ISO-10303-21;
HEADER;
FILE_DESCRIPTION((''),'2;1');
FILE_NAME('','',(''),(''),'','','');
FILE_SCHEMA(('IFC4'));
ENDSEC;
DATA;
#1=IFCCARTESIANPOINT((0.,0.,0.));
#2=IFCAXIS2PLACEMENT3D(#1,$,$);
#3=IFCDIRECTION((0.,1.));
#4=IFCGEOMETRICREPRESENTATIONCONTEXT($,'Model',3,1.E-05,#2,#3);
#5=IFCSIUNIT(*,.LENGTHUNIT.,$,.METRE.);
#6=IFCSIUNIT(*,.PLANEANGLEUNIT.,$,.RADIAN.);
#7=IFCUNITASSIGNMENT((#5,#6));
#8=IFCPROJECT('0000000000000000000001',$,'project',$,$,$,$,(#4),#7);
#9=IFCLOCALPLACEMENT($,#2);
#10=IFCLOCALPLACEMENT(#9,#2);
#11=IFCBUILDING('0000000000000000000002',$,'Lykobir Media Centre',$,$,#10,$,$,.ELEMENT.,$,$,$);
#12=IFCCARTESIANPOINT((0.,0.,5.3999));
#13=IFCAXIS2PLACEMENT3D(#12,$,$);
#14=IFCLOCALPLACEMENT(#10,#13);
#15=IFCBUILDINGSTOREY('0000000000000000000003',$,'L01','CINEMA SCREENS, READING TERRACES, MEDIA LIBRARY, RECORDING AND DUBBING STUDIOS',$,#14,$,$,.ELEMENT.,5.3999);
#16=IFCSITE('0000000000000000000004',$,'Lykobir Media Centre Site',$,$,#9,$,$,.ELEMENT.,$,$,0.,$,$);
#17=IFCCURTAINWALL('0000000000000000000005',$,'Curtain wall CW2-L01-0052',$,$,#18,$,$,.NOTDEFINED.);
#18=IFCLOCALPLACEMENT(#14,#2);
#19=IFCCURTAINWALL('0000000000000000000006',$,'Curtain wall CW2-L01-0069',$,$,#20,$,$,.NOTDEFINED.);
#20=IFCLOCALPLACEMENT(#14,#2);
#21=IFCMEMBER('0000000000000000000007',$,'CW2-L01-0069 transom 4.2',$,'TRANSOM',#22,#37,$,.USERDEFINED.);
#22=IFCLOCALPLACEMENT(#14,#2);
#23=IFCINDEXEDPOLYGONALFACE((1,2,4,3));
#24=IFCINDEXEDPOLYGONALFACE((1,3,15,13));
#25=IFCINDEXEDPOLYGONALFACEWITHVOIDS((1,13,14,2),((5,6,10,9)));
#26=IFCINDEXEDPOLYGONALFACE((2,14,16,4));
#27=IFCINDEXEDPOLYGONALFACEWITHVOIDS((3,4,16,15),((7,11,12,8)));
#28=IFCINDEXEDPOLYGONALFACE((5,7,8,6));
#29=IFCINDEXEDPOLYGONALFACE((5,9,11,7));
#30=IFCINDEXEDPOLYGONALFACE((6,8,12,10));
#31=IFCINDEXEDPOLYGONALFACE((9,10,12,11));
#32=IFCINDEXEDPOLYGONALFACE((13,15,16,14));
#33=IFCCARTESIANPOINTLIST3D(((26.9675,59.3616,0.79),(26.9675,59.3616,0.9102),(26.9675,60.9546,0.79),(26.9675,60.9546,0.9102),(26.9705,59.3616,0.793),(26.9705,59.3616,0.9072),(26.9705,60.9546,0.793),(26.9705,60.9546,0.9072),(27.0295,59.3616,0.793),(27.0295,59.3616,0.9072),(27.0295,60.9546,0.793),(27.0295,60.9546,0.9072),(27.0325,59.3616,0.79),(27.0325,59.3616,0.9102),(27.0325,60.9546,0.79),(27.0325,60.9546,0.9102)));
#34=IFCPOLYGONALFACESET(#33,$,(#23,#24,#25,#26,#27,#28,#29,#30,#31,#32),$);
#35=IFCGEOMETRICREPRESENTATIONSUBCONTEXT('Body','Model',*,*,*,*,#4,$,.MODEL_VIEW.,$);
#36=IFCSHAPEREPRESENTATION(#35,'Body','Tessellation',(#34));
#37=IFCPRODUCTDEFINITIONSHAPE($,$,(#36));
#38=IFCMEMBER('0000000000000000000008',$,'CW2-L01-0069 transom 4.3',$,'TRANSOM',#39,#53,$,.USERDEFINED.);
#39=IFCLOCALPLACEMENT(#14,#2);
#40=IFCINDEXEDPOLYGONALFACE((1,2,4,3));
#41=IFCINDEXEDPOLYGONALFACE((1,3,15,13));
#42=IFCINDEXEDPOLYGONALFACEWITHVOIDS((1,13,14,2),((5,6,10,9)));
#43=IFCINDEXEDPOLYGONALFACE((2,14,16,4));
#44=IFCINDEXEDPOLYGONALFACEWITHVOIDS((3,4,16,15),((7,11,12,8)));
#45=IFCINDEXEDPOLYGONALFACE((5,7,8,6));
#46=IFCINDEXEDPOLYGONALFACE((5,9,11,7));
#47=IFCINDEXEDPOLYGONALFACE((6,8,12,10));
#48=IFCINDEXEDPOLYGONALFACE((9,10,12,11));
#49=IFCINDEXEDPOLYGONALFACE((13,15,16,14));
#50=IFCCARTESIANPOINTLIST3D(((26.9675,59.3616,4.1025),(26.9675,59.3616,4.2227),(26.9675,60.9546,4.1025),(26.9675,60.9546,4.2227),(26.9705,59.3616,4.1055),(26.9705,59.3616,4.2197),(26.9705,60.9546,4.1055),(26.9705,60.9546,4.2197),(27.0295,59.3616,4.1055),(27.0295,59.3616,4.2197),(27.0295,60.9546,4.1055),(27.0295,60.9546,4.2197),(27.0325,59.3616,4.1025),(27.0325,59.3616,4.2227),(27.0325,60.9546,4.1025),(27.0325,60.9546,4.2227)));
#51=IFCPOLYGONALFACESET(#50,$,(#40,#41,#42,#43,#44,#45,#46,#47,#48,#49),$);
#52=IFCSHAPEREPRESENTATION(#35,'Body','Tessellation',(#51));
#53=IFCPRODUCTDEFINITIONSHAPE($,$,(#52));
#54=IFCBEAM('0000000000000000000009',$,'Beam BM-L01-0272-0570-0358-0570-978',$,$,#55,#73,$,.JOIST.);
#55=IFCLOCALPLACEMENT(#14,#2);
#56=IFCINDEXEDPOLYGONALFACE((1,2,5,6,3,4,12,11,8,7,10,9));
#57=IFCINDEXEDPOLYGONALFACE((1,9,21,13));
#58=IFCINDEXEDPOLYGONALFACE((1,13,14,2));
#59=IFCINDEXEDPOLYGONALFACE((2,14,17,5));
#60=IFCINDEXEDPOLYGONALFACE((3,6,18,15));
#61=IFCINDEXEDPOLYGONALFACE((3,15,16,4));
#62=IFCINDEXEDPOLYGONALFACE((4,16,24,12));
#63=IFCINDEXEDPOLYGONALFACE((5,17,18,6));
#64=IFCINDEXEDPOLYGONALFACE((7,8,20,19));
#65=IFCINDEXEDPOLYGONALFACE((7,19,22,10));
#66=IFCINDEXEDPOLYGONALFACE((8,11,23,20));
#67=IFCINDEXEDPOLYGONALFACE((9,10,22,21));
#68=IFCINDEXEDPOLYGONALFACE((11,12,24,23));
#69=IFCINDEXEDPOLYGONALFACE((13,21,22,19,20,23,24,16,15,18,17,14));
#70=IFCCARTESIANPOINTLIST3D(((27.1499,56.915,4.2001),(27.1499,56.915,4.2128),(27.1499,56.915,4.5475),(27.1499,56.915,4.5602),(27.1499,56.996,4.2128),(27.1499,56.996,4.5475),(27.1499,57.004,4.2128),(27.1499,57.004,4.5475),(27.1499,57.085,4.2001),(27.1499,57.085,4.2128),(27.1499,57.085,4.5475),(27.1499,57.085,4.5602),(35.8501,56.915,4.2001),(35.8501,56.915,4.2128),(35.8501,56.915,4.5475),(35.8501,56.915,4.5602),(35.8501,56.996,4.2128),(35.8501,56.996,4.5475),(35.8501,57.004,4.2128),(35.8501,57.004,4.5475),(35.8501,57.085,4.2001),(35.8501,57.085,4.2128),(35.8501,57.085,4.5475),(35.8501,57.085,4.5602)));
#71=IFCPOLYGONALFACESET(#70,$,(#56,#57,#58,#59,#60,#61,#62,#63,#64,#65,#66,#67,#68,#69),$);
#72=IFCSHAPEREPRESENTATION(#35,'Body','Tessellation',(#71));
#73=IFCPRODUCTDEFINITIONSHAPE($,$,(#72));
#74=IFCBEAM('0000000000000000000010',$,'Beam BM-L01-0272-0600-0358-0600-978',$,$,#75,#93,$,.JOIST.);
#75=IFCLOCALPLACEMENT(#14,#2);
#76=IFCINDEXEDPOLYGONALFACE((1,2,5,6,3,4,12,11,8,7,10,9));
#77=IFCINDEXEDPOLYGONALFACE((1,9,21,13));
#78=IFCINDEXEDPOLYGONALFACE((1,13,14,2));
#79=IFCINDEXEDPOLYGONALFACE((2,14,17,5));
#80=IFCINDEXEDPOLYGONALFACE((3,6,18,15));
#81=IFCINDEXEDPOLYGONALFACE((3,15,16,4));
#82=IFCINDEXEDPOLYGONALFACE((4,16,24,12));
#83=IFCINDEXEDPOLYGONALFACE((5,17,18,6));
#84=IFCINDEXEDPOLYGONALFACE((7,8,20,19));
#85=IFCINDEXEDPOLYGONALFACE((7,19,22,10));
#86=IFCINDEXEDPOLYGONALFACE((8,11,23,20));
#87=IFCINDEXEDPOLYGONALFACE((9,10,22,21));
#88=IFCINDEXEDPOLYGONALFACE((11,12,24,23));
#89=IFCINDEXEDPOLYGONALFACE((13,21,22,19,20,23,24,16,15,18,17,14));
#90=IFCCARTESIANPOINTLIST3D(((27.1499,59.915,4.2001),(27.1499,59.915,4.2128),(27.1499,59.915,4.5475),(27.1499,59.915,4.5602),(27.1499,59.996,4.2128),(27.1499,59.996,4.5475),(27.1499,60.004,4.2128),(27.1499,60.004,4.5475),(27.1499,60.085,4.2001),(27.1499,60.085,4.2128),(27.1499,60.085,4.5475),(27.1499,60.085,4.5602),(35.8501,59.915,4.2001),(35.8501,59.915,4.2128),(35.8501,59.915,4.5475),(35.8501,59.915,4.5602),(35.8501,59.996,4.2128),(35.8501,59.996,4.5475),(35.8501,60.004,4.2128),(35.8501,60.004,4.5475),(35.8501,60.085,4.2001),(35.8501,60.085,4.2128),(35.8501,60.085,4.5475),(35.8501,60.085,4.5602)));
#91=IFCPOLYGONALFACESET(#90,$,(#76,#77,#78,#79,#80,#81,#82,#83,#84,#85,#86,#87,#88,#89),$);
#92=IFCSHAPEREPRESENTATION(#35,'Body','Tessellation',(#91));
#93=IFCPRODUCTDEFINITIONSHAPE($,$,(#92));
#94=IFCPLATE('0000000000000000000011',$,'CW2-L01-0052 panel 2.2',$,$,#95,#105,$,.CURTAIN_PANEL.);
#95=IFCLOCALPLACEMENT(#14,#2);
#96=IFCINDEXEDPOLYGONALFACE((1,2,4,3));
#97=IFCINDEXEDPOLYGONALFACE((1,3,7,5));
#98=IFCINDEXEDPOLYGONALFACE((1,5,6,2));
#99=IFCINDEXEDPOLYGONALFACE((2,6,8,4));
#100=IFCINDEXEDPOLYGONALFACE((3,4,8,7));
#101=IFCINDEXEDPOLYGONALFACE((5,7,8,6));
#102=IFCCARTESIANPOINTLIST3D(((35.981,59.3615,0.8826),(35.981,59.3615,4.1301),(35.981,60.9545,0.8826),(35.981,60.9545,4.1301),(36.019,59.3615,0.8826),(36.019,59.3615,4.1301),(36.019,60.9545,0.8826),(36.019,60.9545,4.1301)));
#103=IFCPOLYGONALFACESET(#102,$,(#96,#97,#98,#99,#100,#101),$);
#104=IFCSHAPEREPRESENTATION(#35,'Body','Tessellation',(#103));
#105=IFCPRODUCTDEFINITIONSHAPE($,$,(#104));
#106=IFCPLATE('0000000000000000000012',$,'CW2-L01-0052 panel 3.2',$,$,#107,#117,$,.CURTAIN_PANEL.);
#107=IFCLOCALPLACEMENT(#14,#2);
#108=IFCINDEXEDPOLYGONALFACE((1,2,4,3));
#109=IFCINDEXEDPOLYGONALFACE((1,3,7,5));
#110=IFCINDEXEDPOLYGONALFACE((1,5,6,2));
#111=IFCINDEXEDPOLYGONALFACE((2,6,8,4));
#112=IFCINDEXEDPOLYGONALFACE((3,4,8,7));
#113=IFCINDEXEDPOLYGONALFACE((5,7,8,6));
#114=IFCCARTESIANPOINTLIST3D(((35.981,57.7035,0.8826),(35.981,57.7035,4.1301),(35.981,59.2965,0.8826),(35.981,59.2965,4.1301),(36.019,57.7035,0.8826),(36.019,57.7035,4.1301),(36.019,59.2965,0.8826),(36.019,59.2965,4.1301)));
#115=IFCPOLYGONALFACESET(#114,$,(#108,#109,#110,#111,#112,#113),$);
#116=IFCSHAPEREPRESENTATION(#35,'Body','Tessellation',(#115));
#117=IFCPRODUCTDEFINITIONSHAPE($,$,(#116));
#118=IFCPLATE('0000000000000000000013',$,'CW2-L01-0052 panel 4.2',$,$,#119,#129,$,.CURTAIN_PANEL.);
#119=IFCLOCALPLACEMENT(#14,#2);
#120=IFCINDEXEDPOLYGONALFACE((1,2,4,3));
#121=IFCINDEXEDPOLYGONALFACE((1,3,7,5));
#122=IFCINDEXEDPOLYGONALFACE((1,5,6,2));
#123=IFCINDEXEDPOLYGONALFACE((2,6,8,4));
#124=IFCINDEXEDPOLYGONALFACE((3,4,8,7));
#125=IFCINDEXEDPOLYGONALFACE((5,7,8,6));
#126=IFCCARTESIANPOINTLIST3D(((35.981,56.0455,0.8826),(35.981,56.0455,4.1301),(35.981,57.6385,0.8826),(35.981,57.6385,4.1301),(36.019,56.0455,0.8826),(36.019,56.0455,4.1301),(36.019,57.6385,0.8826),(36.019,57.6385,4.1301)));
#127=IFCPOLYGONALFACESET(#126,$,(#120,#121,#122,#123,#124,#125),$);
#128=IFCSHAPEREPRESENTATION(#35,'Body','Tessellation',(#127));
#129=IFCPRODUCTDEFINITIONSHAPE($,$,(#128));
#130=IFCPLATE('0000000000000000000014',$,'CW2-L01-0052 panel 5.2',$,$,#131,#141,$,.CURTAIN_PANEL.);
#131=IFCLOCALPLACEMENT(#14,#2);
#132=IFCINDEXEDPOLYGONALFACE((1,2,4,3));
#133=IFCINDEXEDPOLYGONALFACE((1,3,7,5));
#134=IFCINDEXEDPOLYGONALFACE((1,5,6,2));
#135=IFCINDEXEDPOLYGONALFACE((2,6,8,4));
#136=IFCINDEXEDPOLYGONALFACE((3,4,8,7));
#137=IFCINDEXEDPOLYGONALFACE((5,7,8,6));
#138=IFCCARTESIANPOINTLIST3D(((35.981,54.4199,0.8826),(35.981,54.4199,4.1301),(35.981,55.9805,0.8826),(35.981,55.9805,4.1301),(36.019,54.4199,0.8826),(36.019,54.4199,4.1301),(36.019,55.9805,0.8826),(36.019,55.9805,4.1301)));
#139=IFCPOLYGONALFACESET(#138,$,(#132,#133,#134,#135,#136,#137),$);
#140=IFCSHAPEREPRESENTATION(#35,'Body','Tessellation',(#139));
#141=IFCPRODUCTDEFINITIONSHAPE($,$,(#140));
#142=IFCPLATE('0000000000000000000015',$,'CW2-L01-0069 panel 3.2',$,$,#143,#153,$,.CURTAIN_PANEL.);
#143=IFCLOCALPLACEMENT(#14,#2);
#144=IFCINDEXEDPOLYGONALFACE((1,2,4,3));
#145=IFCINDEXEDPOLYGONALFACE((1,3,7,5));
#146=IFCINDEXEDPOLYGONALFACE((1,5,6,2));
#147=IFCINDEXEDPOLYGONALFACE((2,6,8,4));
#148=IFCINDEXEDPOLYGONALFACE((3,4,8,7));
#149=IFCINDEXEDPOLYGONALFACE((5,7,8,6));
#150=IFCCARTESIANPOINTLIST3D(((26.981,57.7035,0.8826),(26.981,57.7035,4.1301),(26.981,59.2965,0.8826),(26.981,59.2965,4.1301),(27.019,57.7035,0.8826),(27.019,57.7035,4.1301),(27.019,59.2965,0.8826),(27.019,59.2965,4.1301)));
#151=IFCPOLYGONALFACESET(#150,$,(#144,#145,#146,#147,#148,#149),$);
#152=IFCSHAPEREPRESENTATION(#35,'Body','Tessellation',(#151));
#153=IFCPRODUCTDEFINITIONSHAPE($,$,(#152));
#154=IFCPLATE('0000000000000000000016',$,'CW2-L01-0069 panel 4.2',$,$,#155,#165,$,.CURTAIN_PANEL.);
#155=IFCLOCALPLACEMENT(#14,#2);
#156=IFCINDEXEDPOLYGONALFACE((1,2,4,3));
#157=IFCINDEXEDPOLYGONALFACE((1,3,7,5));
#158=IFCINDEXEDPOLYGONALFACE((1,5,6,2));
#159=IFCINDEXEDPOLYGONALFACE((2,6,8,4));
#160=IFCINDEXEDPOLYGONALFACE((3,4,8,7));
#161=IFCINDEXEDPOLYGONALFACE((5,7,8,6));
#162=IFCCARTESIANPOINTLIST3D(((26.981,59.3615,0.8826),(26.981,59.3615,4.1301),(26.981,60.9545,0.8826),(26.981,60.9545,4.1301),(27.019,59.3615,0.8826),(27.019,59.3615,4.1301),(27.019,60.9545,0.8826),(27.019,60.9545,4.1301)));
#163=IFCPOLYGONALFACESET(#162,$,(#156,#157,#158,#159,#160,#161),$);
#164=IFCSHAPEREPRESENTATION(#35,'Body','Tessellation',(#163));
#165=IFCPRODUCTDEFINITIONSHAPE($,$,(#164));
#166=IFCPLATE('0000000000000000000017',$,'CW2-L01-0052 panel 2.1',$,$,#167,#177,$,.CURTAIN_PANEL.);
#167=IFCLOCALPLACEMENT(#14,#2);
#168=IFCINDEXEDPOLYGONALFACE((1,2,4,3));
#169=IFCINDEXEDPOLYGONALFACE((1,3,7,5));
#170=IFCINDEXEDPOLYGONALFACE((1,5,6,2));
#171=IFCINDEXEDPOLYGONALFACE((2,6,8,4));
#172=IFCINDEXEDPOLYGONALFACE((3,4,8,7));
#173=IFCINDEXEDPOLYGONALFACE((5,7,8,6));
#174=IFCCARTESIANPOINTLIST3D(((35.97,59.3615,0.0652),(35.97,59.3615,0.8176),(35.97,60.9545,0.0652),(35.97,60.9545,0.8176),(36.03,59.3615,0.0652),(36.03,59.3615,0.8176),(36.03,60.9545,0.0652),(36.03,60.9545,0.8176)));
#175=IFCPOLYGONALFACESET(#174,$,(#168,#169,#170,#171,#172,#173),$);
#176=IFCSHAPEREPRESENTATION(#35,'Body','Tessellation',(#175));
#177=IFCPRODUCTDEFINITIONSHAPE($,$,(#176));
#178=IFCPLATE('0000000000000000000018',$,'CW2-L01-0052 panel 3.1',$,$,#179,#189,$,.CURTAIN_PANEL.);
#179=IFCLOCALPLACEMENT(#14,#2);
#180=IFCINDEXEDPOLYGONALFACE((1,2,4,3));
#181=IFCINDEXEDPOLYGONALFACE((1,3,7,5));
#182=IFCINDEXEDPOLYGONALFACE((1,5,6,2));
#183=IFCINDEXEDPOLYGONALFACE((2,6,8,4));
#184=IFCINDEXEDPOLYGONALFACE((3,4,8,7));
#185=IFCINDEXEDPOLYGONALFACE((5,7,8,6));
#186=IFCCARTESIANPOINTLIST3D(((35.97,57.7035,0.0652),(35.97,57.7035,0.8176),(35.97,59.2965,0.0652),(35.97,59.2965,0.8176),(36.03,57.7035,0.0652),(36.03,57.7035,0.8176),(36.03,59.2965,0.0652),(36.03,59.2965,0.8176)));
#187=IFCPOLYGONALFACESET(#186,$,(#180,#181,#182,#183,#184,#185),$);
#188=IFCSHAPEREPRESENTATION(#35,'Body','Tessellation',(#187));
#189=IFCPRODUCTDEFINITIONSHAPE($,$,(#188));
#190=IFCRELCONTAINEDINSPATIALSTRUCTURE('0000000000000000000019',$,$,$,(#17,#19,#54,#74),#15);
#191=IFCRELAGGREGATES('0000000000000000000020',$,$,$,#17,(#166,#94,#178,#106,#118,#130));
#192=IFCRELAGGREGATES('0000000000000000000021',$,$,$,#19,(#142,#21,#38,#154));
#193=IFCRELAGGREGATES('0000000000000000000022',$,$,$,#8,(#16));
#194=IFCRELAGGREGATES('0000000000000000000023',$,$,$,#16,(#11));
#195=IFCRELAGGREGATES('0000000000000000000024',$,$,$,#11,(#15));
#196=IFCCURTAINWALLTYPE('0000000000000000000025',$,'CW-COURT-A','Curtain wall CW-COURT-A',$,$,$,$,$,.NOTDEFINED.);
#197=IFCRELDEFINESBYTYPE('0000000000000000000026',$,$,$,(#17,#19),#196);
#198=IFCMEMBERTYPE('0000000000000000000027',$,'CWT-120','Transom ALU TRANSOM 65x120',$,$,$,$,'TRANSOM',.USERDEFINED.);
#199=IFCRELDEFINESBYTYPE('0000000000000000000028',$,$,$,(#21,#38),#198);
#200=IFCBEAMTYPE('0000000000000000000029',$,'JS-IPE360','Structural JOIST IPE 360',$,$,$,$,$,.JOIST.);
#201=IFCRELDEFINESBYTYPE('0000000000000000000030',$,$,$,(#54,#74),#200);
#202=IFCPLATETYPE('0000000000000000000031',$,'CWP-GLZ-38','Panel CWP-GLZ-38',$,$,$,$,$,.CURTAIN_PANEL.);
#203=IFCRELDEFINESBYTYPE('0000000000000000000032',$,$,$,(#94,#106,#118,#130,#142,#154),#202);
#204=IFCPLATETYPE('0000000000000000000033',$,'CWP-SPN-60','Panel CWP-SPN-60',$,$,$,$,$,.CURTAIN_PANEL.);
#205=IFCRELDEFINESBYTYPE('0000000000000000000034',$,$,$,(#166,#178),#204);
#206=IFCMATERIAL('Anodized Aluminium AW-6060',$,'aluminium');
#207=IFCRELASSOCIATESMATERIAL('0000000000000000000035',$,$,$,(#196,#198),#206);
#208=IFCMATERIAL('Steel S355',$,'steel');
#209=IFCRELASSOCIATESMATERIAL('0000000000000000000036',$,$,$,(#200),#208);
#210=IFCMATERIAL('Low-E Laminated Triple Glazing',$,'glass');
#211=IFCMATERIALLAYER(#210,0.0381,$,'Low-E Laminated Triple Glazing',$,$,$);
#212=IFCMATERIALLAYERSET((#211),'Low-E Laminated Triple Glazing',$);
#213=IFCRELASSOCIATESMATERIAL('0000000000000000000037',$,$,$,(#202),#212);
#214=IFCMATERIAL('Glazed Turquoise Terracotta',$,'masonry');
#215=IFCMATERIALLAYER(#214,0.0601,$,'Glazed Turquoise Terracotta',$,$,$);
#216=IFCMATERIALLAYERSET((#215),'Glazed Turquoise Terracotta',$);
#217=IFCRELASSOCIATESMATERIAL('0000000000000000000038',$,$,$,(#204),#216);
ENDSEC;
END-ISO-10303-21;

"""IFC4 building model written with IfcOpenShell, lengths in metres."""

from ifc_helpers import new_model, si_unit, direction, frame, origin, origin_2d, place, context, subcontext, project, spatial, rectangle, hollow_rectangle, i_section, extrude, material, layer, layer_set, material_profile, profile_set, type_object, element, aggregate, save


model = new_model("IFC4")

# Units and contexts
model_context = context("Model", 3, precision=1e-05, world=origin(), true_north=direction((0.0, 1.0)))
body_context = subcontext(model_context, "Body", "Model", "MODEL_VIEW")
ifc_project = project(units=[si_unit("LENGTHUNIT", "METRE"), si_unit("PLANEANGLEUNIT", "RADIAN")], contexts=[model_context])

# Site, building, storey
site_placement = place(None, origin())
site = spatial("IfcSite", under=ifc_project, at=site_placement, Name="Lykobir Media Centre Site", CompositionType="ELEMENT", RefElevation=0.0)
building_placement = place(site_placement, origin())
building = spatial("IfcBuilding", under=site, at=building_placement, Name="Lykobir Media Centre", CompositionType="ELEMENT")
storey_placement = place(building_placement, frame((0.0, 0.0, 5.3999)))
storey = spatial("IfcBuildingStorey", under=building, at=storey_placement, Name="L01", Description="CINEMA SCREENS, READING TERRACES, MEDIA LIBRARY, RECORDING AND DUBBING STUDIOS", CompositionType="ELEMENT", Elevation=5.3999)

# Curtain walls
ifc_material_1 = material(Name="Anodized Aluminium AW-6060", Category="aluminium")
curtain_wall_type = type_object("IfcCurtainWallType", Name="CW-COURT-A", Description="Curtain wall CW-COURT-A", PredefinedType="NOTDEFINED", material=ifc_material_1)
curtain_wall_1_placement = place(storey_placement, origin())
curtain_wall_1 = element("IfcCurtainWall", 1, at=curtain_wall_1_placement, inside=storey, type_object=curtain_wall_type, Name="Curtain wall CW2-L01-0052", PredefinedType="NOTDEFINED")
curtain_wall_2_placement = place(storey_placement, origin())
curtain_wall_2 = element("IfcCurtainWall", 2, at=curtain_wall_2_placement, inside=storey, type_object=curtain_wall_type, Name="Curtain wall CW2-L01-0069", PredefinedType="NOTDEFINED")

# Members
ifc_material_profile_1 = material_profile(ifc_material_1, hollow_rectangle(XDim=0.0649, YDim=0.1201, WallThickness=0.0029, at=origin_2d()), Name="ALU TRANSOM 65x120")
ifc_profile_set_1 = profile_set([ifc_material_profile_1], Name="Anodized Aluminium AW-6060")
member_type_1 = type_object("IfcMemberType", Name="CWT-120", Description="Transom ALU TRANSOM 65x120", ElementType="TRANSOM", PredefinedType="USERDEFINED", material=ifc_profile_set_1)
member_1_placement = place(storey_placement, frame((27.0, 59.3616, 0.8501), z_axis=(0.0, 1.0, 0.0), x_axis=(-1.0, 0.0, 0.0)))
member_1 = element("IfcMember", 3, at=member_1_placement, type_object=member_type_1, Name="CW2-L01-0069 transom 4.2", ObjectType="TRANSOM", PredefinedType="USERDEFINED", context=body_context, shape_type="SweptSolid", body=[
    extrude(hollow_rectangle(XDim=0.0649, YDim=0.1201, WallThickness=0.0029, at=origin_2d()), origin(), (0.0, 0.0, 1.0), 1.593),
])
member_2_placement = place(storey_placement, frame((27.0, 59.3616, 4.1626), z_axis=(0.0, 1.0, 0.0), x_axis=(-1.0, 0.0, 0.0)))
member_2 = element("IfcMember", 4, at=member_2_placement, type_object=member_type_1, Name="CW2-L01-0069 transom 4.3", ObjectType="TRANSOM", PredefinedType="USERDEFINED", context=body_context, shape_type="SweptSolid", body=[
    extrude(hollow_rectangle(XDim=0.0649, YDim=0.1201, WallThickness=0.0029, at=origin_2d()), origin(), (0.0, 0.0, 1.0), 1.593),
])

# Beams
ifc_material_2 = material(Name="Steel S355", Category="steel")
ifc_material_profile_2 = material_profile(ifc_material_2, i_section(OverallWidth=0.1699, OverallDepth=0.3601, WebThickness=0.0081, FlangeThickness=0.0127, at=origin_2d()), Name="IPE 360")
ifc_profile_set_2 = profile_set([ifc_material_profile_2], Name="Steel S355")
beam_type = type_object("IfcBeamType", Name="JS-IPE360", Description="Structural JOIST IPE 360", PredefinedType="JOIST", material=ifc_profile_set_2)
for number, where, z_axis, x_axis, name in (
    (5, (27.1499, 57.0, 4.3801), (1.0, 0.0, 0.0), (0.0, 1.0, 0.0), "Beam BM-L01-0272-0570-0358-0570-978"),
    (6, (27.1499, 60.0, 4.3801), (1.0, 0.0, 0.0), (0.0, 1.0, 0.0), "Beam BM-L01-0272-0600-0358-0600-978"),
):
    element("IfcBeam", number, at=place(storey_placement, frame(where, z_axis=z_axis, x_axis=x_axis)), inside=storey, type_object=beam_type, Name=name, PredefinedType="JOIST", context=body_context, shape_type="SweptSolid", body=[
        extrude(i_section(OverallWidth=0.1699, OverallDepth=0.3601, WebThickness=0.0081, FlangeThickness=0.0127, at=origin_2d()), origin(), (0.0, 0.0, 1.0), 8.7002),
    ])

# Plates
ifc_material_3 = material(Name="Low-E Laminated Triple Glazing", Category="glass")
ifc_layer_1 = layer(ifc_material_3, 0.0381, Name="Low-E Laminated Triple Glazing")
ifc_layer_set_1 = layer_set([ifc_layer_1], Name="Low-E Laminated Triple Glazing")
plate_type_1 = type_object("IfcPlateType", Name="CWP-GLZ-38", Description="Panel CWP-GLZ-38", PredefinedType="CURTAIN_PANEL", material=ifc_layer_set_1)
plate_1_placement = place(storey_placement, frame((36.0, 60.158, 0.8826), z_axis=(0.0, 0.0, 1.0), x_axis=(0.0, -1.0, 0.0)))
plate_1 = element("IfcPlate", 7, at=plate_1_placement, type_object=plate_type_1, Name="CW2-L01-0052 panel 2.2", PredefinedType="CURTAIN_PANEL", context=body_context, shape_type="SweptSolid", body=[
    extrude(rectangle(XDim=1.593, YDim=0.0381, at=origin_2d()), origin(), (0.0, 0.0, 1.0), 3.2476),
])
plate_2_placement = place(storey_placement, frame((36.0, 58.5, 0.8826), z_axis=(0.0, 0.0, 1.0), x_axis=(0.0, -1.0, 0.0)))
plate_2 = element("IfcPlate", 8, at=plate_2_placement, type_object=plate_type_1, Name="CW2-L01-0052 panel 3.2", PredefinedType="CURTAIN_PANEL", context=body_context, shape_type="SweptSolid", body=[
    extrude(rectangle(XDim=1.593, YDim=0.0381, at=origin_2d()), origin(), (0.0, 0.0, 1.0), 3.2476),
])
plate_3_placement = place(storey_placement, frame((36.0, 56.842, 0.8826), z_axis=(0.0, 0.0, 1.0), x_axis=(0.0, -1.0, 0.0)))
plate_3 = element("IfcPlate", 9, at=plate_3_placement, type_object=plate_type_1, Name="CW2-L01-0052 panel 4.2", PredefinedType="CURTAIN_PANEL", context=body_context, shape_type="SweptSolid", body=[
    extrude(rectangle(XDim=1.593, YDim=0.0381, at=origin_2d()), origin(), (0.0, 0.0, 1.0), 3.2476),
])
plate_4_placement = place(storey_placement, frame((36.0, 55.2002, 0.8826), z_axis=(0.0, 0.0, 1.0), x_axis=(0.0, -1.0, 0.0)))
plate_4 = element("IfcPlate", 10, at=plate_4_placement, type_object=plate_type_1, Name="CW2-L01-0052 panel 5.2", PredefinedType="CURTAIN_PANEL", context=body_context, shape_type="SweptSolid", body=[
    extrude(rectangle(XDim=1.5605, YDim=0.0381, at=origin_2d()), origin(), (0.0, 0.0, 1.0), 3.2476),
])
plate_5_placement = place(storey_placement, frame((27.0, 58.5, 0.8826), z_axis=(0.0, 0.0, 1.0), x_axis=(0.0, 1.0, 0.0)))
plate_5 = element("IfcPlate", 11, at=plate_5_placement, type_object=plate_type_1, Name="CW2-L01-0069 panel 3.2", PredefinedType="CURTAIN_PANEL", context=body_context, shape_type="SweptSolid", body=[
    extrude(rectangle(XDim=1.593, YDim=0.0381, at=origin_2d()), origin(), (0.0, 0.0, 1.0), 3.2476),
])
plate_6_placement = place(storey_placement, frame((27.0, 60.158, 0.8826), z_axis=(0.0, 0.0, 1.0), x_axis=(0.0, 1.0, 0.0)))
plate_6 = element("IfcPlate", 12, at=plate_6_placement, type_object=plate_type_1, Name="CW2-L01-0069 panel 4.2", PredefinedType="CURTAIN_PANEL", context=body_context, shape_type="SweptSolid", body=[
    extrude(rectangle(XDim=1.593, YDim=0.0381, at=origin_2d()), origin(), (0.0, 0.0, 1.0), 3.2476),
])
ifc_material_4 = material(Name="Glazed Turquoise Terracotta", Category="masonry")
ifc_layer_2 = layer(ifc_material_4, 0.0601, Name="Glazed Turquoise Terracotta")
ifc_layer_set_2 = layer_set([ifc_layer_2], Name="Glazed Turquoise Terracotta")
plate_type_2 = type_object("IfcPlateType", Name="CWP-SPN-60", Description="Panel CWP-SPN-60", PredefinedType="CURTAIN_PANEL", material=ifc_layer_set_2)
plate_7_placement = place(storey_placement, frame((36.0, 60.158, 0.0652), z_axis=(0.0, 0.0, 1.0), x_axis=(0.0, -1.0, 0.0)))
plate_7 = element("IfcPlate", 13, at=plate_7_placement, type_object=plate_type_2, Name="CW2-L01-0052 panel 2.1", PredefinedType="CURTAIN_PANEL", context=body_context, shape_type="SweptSolid", body=[
    extrude(rectangle(XDim=1.593, YDim=0.0601, at=origin_2d()), origin(), (0.0, 0.0, 1.0), 0.7524),
])
plate_8_placement = place(storey_placement, frame((36.0, 58.5, 0.0652), z_axis=(0.0, 0.0, 1.0), x_axis=(0.0, -1.0, 0.0)))
plate_8 = element("IfcPlate", 14, at=plate_8_placement, type_object=plate_type_2, Name="CW2-L01-0052 panel 3.1", PredefinedType="CURTAIN_PANEL", context=body_context, shape_type="SweptSolid", body=[
    extrude(rectangle(XDim=1.593, YDim=0.0601, at=origin_2d()), origin(), (0.0, 0.0, 1.0), 0.7524),
])
aggregate(curtain_wall_1, [plate_7, plate_1, plate_8, plate_2, plate_3, plate_4])
aggregate(curtain_wall_2, [plate_5, member_1, member_2, plate_6])

save(model, "model.ifc")
